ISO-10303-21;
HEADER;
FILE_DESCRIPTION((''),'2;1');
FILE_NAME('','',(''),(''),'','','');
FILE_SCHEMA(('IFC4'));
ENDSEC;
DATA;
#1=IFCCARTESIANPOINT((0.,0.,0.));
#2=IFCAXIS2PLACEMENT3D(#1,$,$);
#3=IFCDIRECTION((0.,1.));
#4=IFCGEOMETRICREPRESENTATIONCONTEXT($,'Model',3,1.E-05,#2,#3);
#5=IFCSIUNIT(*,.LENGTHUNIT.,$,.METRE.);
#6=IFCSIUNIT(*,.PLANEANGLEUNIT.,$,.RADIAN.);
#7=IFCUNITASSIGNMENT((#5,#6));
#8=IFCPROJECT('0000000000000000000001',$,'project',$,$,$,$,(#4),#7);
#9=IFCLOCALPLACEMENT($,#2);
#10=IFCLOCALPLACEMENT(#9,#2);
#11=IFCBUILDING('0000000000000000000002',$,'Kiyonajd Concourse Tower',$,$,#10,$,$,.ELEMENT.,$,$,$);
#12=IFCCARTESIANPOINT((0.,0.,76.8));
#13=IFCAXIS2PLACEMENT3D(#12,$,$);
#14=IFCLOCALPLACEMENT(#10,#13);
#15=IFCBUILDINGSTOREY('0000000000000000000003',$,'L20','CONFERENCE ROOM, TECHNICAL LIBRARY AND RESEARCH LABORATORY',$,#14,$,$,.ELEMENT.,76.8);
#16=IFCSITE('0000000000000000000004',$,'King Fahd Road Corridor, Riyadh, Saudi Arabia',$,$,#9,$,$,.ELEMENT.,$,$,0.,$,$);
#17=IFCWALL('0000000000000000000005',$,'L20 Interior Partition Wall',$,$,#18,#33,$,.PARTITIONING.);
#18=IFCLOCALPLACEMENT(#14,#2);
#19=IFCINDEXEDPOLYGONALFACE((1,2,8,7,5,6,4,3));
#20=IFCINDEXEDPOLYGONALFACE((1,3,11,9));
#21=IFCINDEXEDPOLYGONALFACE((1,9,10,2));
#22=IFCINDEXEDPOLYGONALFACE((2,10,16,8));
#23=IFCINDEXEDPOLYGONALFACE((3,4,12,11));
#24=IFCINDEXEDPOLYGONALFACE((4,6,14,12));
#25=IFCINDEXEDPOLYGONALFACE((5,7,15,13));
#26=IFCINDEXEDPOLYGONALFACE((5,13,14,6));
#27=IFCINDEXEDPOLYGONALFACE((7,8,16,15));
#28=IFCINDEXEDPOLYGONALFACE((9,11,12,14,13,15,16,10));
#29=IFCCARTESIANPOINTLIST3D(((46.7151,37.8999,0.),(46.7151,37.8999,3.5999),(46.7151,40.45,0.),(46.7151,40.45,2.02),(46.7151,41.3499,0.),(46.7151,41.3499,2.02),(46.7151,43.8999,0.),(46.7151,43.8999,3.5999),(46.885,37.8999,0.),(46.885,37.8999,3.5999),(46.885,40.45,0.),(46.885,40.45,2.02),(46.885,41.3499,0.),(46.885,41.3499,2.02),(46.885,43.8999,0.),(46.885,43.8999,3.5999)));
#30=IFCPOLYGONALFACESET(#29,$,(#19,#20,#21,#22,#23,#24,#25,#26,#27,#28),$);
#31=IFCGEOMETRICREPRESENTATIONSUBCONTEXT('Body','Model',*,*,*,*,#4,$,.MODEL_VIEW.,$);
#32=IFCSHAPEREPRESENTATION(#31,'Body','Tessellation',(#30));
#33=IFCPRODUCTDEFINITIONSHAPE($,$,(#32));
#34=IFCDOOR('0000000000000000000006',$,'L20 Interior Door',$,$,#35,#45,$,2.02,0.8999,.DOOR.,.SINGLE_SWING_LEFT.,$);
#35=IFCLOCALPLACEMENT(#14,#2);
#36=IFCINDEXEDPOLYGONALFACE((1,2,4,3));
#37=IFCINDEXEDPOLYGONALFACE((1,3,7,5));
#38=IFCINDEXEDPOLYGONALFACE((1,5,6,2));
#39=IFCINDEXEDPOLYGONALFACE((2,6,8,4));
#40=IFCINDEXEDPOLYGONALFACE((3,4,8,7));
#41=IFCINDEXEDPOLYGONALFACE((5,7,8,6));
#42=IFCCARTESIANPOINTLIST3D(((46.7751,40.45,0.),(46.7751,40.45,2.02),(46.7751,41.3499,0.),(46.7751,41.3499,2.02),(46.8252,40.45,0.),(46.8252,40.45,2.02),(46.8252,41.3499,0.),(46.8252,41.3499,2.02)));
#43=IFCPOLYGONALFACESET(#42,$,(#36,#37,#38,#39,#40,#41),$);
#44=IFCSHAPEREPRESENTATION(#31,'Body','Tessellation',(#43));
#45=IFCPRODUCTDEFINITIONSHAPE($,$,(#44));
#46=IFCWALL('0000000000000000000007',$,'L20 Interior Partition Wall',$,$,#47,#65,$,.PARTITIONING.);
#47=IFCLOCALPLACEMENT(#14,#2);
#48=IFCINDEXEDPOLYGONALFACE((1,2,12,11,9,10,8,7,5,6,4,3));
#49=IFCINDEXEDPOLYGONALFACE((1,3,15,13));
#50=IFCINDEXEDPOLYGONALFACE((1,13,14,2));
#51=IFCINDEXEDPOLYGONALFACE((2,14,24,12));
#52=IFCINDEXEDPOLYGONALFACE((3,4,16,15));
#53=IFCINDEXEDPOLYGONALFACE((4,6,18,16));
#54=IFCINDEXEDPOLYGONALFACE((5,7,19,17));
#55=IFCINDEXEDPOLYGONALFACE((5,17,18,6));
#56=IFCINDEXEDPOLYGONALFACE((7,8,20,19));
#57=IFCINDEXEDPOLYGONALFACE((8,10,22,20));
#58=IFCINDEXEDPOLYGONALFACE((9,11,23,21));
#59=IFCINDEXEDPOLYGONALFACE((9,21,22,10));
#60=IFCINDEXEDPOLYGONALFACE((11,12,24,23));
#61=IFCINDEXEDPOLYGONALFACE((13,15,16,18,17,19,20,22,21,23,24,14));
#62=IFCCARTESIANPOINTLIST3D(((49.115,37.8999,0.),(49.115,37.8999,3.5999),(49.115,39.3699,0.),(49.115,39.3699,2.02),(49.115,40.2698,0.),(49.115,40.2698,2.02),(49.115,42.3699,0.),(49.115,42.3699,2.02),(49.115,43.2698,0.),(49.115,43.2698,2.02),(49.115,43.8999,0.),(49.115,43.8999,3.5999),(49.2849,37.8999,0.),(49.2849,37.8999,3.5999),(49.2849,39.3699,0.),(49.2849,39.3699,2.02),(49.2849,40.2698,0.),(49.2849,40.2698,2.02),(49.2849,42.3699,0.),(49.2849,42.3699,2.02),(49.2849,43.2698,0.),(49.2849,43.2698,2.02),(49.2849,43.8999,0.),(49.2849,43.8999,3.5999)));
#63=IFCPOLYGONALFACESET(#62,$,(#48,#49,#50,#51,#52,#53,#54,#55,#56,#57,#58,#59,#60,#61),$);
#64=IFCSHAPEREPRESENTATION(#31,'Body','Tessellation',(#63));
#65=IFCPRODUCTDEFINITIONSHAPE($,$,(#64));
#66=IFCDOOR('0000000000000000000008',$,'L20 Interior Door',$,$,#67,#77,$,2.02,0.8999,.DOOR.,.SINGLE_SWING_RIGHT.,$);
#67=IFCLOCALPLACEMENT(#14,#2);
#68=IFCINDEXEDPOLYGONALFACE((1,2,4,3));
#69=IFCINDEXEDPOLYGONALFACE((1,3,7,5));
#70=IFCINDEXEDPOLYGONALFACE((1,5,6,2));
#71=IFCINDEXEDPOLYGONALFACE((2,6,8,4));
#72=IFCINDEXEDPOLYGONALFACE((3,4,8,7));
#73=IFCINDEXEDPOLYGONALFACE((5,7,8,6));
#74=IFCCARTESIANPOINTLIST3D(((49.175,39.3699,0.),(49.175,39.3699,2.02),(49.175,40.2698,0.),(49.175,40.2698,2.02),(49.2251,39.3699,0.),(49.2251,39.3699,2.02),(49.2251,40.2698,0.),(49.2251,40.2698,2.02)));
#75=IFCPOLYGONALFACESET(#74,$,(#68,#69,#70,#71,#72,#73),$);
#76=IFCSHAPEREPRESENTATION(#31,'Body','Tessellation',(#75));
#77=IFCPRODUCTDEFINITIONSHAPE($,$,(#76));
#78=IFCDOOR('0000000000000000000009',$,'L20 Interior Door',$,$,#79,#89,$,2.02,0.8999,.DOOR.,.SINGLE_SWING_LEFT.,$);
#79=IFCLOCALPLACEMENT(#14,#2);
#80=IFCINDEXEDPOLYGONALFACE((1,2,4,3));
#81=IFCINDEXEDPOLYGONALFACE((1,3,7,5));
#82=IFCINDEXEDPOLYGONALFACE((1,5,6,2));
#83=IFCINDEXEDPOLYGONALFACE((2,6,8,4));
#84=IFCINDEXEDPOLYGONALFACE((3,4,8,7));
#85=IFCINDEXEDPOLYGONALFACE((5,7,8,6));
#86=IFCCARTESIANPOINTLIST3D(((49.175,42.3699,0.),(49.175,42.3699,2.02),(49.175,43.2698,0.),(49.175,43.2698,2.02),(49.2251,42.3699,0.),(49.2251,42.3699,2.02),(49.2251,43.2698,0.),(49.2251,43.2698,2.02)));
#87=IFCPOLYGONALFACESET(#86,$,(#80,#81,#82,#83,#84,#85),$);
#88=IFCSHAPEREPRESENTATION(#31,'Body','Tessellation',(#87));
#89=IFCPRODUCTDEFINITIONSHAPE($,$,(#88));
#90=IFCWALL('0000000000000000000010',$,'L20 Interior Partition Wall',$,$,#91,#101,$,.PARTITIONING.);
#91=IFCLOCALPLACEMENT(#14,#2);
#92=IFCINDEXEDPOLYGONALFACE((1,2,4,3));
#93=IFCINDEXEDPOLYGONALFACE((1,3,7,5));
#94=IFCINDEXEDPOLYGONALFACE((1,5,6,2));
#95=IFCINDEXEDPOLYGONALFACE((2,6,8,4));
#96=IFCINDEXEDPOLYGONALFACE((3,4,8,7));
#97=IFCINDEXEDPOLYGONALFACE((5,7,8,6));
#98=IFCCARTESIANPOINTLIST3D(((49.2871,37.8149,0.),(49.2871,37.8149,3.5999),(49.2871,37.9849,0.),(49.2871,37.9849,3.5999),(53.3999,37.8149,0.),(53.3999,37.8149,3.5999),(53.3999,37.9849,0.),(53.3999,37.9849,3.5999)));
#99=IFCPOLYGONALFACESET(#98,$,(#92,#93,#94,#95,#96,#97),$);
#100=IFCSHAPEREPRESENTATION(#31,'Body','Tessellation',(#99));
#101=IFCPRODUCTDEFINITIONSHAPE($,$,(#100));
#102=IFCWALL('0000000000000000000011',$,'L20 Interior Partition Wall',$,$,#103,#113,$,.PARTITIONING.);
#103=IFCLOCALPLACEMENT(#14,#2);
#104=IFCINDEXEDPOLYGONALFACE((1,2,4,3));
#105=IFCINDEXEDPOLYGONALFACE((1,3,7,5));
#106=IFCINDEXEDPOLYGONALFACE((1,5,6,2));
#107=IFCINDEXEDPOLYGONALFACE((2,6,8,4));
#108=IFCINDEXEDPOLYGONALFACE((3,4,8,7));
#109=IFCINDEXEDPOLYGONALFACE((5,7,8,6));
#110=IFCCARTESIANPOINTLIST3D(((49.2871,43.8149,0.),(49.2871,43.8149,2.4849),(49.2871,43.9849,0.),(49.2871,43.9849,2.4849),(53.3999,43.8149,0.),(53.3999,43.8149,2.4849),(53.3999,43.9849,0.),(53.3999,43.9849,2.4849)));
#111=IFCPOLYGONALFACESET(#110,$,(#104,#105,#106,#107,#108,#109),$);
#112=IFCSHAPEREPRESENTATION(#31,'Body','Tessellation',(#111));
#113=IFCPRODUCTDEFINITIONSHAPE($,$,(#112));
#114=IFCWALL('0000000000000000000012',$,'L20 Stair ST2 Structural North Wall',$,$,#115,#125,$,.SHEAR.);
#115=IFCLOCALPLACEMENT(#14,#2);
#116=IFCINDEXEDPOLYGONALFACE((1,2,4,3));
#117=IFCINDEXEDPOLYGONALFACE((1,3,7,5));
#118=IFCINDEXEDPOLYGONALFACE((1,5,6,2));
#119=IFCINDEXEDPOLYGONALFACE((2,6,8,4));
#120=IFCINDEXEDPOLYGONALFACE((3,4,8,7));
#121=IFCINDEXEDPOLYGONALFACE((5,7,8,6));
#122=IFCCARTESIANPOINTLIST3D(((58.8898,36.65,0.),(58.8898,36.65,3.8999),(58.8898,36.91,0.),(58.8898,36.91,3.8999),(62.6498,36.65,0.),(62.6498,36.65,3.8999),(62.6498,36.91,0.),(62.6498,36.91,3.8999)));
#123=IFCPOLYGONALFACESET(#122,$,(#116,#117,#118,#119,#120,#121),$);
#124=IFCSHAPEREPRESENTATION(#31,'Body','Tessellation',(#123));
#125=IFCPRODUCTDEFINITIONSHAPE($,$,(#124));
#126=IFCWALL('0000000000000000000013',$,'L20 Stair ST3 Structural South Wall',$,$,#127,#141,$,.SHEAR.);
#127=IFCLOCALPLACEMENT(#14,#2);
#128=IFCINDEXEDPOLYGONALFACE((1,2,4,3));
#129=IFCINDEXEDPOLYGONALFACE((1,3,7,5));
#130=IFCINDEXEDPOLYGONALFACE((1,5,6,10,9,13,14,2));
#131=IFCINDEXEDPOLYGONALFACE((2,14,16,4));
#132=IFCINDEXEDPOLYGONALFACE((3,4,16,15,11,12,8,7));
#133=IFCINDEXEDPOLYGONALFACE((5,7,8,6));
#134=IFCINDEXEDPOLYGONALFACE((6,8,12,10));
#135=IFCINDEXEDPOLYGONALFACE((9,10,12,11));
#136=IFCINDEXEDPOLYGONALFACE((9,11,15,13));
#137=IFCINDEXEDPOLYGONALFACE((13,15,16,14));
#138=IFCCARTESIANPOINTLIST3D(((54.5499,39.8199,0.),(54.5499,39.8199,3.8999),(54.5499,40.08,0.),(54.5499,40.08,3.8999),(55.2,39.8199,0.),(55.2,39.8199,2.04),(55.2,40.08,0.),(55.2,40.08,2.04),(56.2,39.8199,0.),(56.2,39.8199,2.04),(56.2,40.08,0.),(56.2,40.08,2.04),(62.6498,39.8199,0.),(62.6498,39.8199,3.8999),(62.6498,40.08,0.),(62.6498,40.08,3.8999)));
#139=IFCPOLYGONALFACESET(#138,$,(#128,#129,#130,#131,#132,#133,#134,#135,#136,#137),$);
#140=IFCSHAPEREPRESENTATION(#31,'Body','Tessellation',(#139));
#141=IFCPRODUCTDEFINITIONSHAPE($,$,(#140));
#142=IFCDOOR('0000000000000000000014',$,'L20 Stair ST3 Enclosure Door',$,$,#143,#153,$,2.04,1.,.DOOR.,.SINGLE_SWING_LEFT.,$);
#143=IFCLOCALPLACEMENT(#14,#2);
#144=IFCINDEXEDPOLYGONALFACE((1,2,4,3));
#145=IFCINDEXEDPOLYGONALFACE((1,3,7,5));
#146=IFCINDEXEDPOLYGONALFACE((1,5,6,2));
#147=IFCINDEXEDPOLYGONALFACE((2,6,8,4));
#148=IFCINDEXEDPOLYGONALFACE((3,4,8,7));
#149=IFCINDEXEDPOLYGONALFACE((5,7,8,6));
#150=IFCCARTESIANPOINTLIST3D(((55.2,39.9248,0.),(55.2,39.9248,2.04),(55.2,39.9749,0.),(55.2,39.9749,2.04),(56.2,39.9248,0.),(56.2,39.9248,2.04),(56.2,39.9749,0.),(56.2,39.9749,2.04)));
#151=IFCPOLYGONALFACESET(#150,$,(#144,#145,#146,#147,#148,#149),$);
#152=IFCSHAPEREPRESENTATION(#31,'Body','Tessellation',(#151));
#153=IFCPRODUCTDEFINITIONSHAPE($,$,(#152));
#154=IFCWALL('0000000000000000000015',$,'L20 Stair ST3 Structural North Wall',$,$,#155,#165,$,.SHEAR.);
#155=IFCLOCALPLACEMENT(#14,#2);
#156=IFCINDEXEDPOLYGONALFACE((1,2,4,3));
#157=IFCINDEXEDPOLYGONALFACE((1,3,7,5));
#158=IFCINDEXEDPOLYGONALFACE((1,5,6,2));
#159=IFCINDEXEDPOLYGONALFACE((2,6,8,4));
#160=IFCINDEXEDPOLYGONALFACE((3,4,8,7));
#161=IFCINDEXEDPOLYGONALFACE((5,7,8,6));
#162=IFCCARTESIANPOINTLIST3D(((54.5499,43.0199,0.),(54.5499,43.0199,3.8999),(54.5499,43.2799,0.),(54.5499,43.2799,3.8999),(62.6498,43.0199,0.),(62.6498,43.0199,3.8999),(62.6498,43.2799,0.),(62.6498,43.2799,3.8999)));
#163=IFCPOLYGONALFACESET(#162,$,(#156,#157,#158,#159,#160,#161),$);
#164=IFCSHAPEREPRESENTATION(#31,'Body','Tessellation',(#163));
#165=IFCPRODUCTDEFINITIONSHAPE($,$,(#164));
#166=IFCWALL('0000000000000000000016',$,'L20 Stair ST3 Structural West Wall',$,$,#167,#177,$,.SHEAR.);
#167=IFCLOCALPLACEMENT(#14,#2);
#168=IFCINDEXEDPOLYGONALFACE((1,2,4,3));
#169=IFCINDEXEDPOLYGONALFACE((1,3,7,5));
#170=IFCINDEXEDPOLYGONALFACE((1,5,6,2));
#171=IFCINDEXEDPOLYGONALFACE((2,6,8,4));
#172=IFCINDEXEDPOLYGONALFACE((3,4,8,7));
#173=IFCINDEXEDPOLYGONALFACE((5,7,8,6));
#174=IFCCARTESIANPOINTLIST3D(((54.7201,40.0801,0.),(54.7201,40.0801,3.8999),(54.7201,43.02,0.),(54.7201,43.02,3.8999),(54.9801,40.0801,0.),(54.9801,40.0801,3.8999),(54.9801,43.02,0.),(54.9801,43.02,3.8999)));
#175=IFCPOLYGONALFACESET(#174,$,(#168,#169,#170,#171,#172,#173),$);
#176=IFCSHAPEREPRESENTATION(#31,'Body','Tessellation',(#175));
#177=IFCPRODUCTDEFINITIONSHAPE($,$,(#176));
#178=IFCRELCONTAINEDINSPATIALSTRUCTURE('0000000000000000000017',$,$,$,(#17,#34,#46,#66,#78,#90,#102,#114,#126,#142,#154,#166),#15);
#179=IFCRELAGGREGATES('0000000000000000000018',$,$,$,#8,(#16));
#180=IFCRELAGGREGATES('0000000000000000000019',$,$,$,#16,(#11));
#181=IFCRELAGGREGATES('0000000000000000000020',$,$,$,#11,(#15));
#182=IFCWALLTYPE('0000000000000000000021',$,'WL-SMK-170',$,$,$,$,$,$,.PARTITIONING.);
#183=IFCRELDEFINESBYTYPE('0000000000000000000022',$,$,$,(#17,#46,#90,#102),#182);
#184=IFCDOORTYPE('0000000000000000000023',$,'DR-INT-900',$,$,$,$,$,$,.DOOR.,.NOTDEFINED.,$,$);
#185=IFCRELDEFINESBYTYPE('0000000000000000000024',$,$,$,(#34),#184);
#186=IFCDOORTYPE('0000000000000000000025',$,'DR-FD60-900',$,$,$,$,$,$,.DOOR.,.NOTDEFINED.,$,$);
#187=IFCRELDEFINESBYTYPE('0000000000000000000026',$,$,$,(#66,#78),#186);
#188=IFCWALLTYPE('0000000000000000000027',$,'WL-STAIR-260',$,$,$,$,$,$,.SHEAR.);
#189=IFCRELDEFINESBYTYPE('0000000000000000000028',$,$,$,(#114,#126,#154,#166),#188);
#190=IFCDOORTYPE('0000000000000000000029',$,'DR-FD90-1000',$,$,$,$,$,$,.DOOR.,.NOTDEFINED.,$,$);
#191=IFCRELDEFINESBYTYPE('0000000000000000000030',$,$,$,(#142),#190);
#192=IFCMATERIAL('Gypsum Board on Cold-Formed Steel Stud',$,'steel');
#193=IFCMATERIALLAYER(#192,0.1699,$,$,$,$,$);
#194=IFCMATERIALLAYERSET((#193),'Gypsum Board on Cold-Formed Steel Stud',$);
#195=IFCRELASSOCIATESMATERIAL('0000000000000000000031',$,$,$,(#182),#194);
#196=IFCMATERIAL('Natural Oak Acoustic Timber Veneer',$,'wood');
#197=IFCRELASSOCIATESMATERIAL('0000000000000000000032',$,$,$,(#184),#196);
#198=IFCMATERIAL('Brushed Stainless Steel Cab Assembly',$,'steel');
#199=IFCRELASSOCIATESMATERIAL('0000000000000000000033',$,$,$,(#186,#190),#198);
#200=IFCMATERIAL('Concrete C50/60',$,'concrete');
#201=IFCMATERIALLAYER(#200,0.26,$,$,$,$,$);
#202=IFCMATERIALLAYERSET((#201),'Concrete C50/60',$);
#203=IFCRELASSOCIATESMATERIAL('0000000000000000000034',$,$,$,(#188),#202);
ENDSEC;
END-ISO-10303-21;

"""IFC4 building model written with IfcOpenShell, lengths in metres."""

from ifc_helpers import new_model, si_unit, direction, frame, frame_2d, origin, place, context, subcontext, project, spatial, rectangle, extrude, material, layer, layer_set, type_object, element, fill, save


model = new_model("IFC4")

# Units and contexts
model_context = context("Model", 3, precision=1e-05, world=origin(), true_north=direction((0.0, 1.0)))
body_context = subcontext(model_context, "Body", "Model", "MODEL_VIEW")
ifc_project = project(units=[si_unit("LENGTHUNIT", "METRE"), si_unit("PLANEANGLEUNIT", "RADIAN")], contexts=[model_context])

# Site, building, storey
site_placement = place(None, origin())
site = spatial("IfcSite", under=ifc_project, at=site_placement, Name="King Fahd Road Corridor, Riyadh, Saudi Arabia", CompositionType="ELEMENT", RefElevation=0.0)
building_placement = place(site_placement, origin())
building = spatial("IfcBuilding", under=site, at=building_placement, Name="Kiyonajd Concourse Tower", CompositionType="ELEMENT")
storey_placement = place(building_placement, frame((0.0, 0.0, 76.8)))
storey = spatial("IfcBuildingStorey", under=building, at=storey_placement, Name="L20", Description="CONFERENCE ROOM, TECHNICAL LIBRARY AND RESEARCH LABORATORY", CompositionType="ELEMENT", Elevation=76.8)

# Shared definitions
ifc_material_1 = material(Name="Concrete C50/60", Category="concrete")

# Shared definitions
ifc_material_2 = material(Name="Gypsum Board on Cold-Formed Steel Stud", Category="steel")
ifc_layer_1 = layer(ifc_material_2, 0.1699)
ifc_layer_set_1 = layer_set([ifc_layer_1], Name="Gypsum Board on Cold-Formed Steel Stud")
wall_type_1 = type_object("IfcWallType", Name="WL-SMK-170", PredefinedType="PARTITIONING", material=ifc_layer_set_1)

# Wall, opening, door
wall_1_placement = place(storey_placement, frame((46.8, 37.8999, 0.0), z_axis=(0.0, 0.0, 1.0), x_axis=(0.0, 1.0, 0.0)))
wall_1 = element("IfcWall", 1, at=wall_1_placement, inside=storey, type_object=wall_type_1, Name="L20 Interior Partition Wall", PredefinedType="PARTITIONING", context=body_context, shape_type="SweptSolid", body=[
    extrude(rectangle(XDim=6.0, YDim=0.1699, at=frame_2d((3.0, 0.0))), origin(), (0.0, 0.0, 1.0), 3.5999),
])
opening_1_placement = place(wall_1_placement, frame((2.55, 0.0, 0.0)))
opening_1 = element("IfcOpeningElement", 2, at=opening_1_placement, cuts=wall_1, PredefinedType="OPENING", context=body_context, shape_type="SweptSolid", body=[
    extrude(rectangle(XDim=0.8999, YDim=2.02, at=frame_2d((0.45, 1.01))), frame((0.0, 0.095, 0.0), z_axis=(0.0, -1.0, 0.0), x_axis=(1.0, 0.0, 0.0)), (0.0, 0.0, 1.0), 0.1899),
])
ifc_material_3 = material(Name="Natural Oak Acoustic Timber Veneer", Category="wood")
door_type_1 = type_object("IfcDoorType", Name="DR-INT-900", OperationType="NOTDEFINED", PredefinedType="DOOR", material=ifc_material_3)
door_1_placement = place(opening_1_placement, origin())
door_1 = element("IfcDoor", 3, at=door_1_placement, inside=storey, type_object=door_type_1, Name="L20 Interior Door", OperationType="SINGLE_SWING_LEFT", OverallHeight=2.02, OverallWidth=0.8999, PredefinedType="DOOR", context=body_context, shape_type="SweptSolid", body=[
    extrude(rectangle(XDim=0.8999, YDim=2.02, at=frame_2d((0.45, 1.01))), frame((0.0, 0.0249, 0.0), z_axis=(0.0, -1.0, 0.0), x_axis=(1.0, 0.0, 0.0)), (0.0, 0.0, 1.0), 0.05),
])
fill(opening_1, door_1)

# Wall, openings, doors
wall_2_placement = place(storey_placement, frame((49.2, 37.8999, 0.0), z_axis=(0.0, 0.0, 1.0), x_axis=(0.0, 1.0, 0.0)))
wall_2 = element("IfcWall", 4, at=wall_2_placement, inside=storey, type_object=wall_type_1, Name="L20 Interior Partition Wall", PredefinedType="PARTITIONING", context=body_context, shape_type="SweptSolid", body=[
    extrude(rectangle(XDim=6.0, YDim=0.1699, at=frame_2d((3.0, 0.0))), origin(), (0.0, 0.0, 1.0), 3.5999),
])
opening_2_placement = place(wall_2_placement, frame((1.47, 0.0, 0.0)))
opening_2 = element("IfcOpeningElement", 5, at=opening_2_placement, cuts=wall_2, PredefinedType="OPENING", context=body_context, shape_type="SweptSolid", body=[
    extrude(rectangle(XDim=0.8999, YDim=2.02, at=frame_2d((0.45, 1.01))), frame((0.0, 0.095, 0.0), z_axis=(0.0, -1.0, 0.0), x_axis=(1.0, 0.0, 0.0)), (0.0, 0.0, 1.0), 0.1899),
])
opening_3_placement = place(wall_2_placement, frame((4.47, 0.0, 0.0)))
opening_3 = element("IfcOpeningElement", 6, at=opening_3_placement, cuts=wall_2, PredefinedType="OPENING", context=body_context, shape_type="SweptSolid", body=[
    extrude(rectangle(XDim=0.8999, YDim=2.02, at=frame_2d((0.45, 1.01))), frame((0.0, 0.095, 0.0), z_axis=(0.0, -1.0, 0.0), x_axis=(1.0, 0.0, 0.0)), (0.0, 0.0, 1.0), 0.1899),
])
ifc_material_4 = material(Name="Brushed Stainless Steel Cab Assembly", Category="steel")
door_type_2 = type_object("IfcDoorType", Name="DR-FD60-900", OperationType="NOTDEFINED", PredefinedType="DOOR", material=ifc_material_4)
door_2_placement = place(opening_2_placement, origin())
door_2 = element("IfcDoor", 7, at=door_2_placement, inside=storey, type_object=door_type_2, Name="L20 Interior Door", OperationType="SINGLE_SWING_RIGHT", OverallHeight=2.02, OverallWidth=0.8999, PredefinedType="DOOR", context=body_context, shape_type="SweptSolid", body=[
    extrude(rectangle(XDim=0.8999, YDim=2.02, at=frame_2d((0.45, 1.01))), frame((0.0, 0.0249, 0.0), z_axis=(0.0, -1.0, 0.0), x_axis=(1.0, 0.0, 0.0)), (0.0, 0.0, 1.0), 0.05),
])
fill(opening_2, door_2)
door_3_placement = place(opening_3_placement, origin())
door_3 = element("IfcDoor", 8, at=door_3_placement, inside=storey, type_object=door_type_2, Name="L20 Interior Door", OperationType="SINGLE_SWING_LEFT", OverallHeight=2.02, OverallWidth=0.8999, PredefinedType="DOOR", context=body_context, shape_type="SweptSolid", body=[
    extrude(rectangle(XDim=0.8999, YDim=2.02, at=frame_2d((0.45, 1.01))), frame((0.0, 0.0249, 0.0), z_axis=(0.0, -1.0, 0.0), x_axis=(1.0, 0.0, 0.0)), (0.0, 0.0, 1.0), 0.05),
])
fill(opening_3, door_3)

# Walls
wall_3_placement = place(storey_placement, frame((49.2871, 37.8999, 0.0), z_axis=(0.0, 0.0, 1.0), x_axis=(1.0, 0.0, 0.0)))
element("IfcWall", 9, at=wall_3_placement, inside=storey, type_object=wall_type_1, Name="L20 Interior Partition Wall", PredefinedType="PARTITIONING", context=body_context, shape_type="SweptSolid", body=[
    extrude(rectangle(XDim=4.1128, YDim=0.1699, at=frame_2d((2.0564, 0.0))), origin(), (0.0, 0.0, 1.0), 3.5999),
])
wall_4_placement = place(storey_placement, frame((49.2871, 43.8999, 0.0), z_axis=(0.0, 0.0, 1.0), x_axis=(1.0, 0.0, 0.0)))
element("IfcWall", 10, at=wall_4_placement, inside=storey, type_object=wall_type_1, Name="L20 Interior Partition Wall", PredefinedType="PARTITIONING", context=body_context, shape_type="SweptSolid", body=[
    extrude(rectangle(XDim=4.1128, YDim=0.1699, at=frame_2d((2.0564, 0.0))), origin(), (0.0, 0.0, 1.0), 2.4849),
])
ifc_layer_2 = layer(ifc_material_1, 0.26)
ifc_layer_set_2 = layer_set([ifc_layer_2], Name="Concrete C50/60")
wall_type_2 = type_object("IfcWallType", Name="WL-STAIR-260", PredefinedType="SHEAR", material=ifc_layer_set_2)
wall_5_placement = place(storey_placement, frame((58.8899, 36.78, 0.0), z_axis=(0.0, 0.0, 1.0), x_axis=(1.0, 0.0, 0.0)))
element("IfcWall", 11, at=wall_5_placement, inside=storey, type_object=wall_type_2, Name="L20 Stair ST2 Structural North Wall", PredefinedType="SHEAR", context=body_context, shape_type="SweptSolid", body=[
    extrude(rectangle(XDim=3.76, YDim=0.26, at=frame_2d((1.8799, 0.0))), origin(), (0.0, 0.0, 1.0), 3.8999),
])

# Wall, opening, door
wall_6_placement = place(storey_placement, frame((54.55, 39.95, 0.0), z_axis=(0.0, 0.0, 1.0), x_axis=(1.0, 0.0, 0.0)))
wall_6 = element("IfcWall", 12, at=wall_6_placement, inside=storey, type_object=wall_type_2, Name="L20 Stair ST3 Structural South Wall", PredefinedType="SHEAR", context=body_context, shape_type="SweptSolid", body=[
    extrude(rectangle(XDim=8.0999, YDim=0.26, at=frame_2d((4.0498, 0.0))), origin(), (0.0, 0.0, 1.0), 3.8999),
])
opening_4_placement = place(wall_6_placement, frame((0.6499, 0.0, 0.0)))
opening_4 = element("IfcOpeningElement", 13, at=opening_4_placement, cuts=wall_6, PredefinedType="OPENING", context=body_context, shape_type="SweptSolid", body=[
    extrude(rectangle(XDim=1.0, YDim=2.04, at=frame_2d((0.5, 1.02))), frame((0.0, 0.1399, 0.0), z_axis=(0.0, -1.0, 0.0), x_axis=(1.0, 0.0, 0.0)), (0.0, 0.0, 1.0), 0.28),
])
door_type_3 = type_object("IfcDoorType", Name="DR-FD90-1000", OperationType="NOTDEFINED", PredefinedType="DOOR", material=ifc_material_4)
door_4_placement = place(opening_4_placement, origin())
door_4 = element("IfcDoor", 14, at=door_4_placement, inside=storey, type_object=door_type_3, Name="L20 Stair ST3 Enclosure Door", OperationType="SINGLE_SWING_LEFT", OverallHeight=2.04, OverallWidth=1.0, PredefinedType="DOOR", context=body_context, shape_type="SweptSolid", body=[
    extrude(rectangle(XDim=1.0, YDim=2.04, at=frame_2d((0.5, 1.02))), frame((0.0, 0.0249, 0.0), z_axis=(0.0, -1.0, 0.0), x_axis=(1.0, 0.0, 0.0)), (0.0, 0.0, 1.0), 0.05),
])
fill(opening_4, door_4)

# Walls
wall_7_placement = place(storey_placement, frame((54.55, 43.1499, 0.0), z_axis=(0.0, 0.0, 1.0), x_axis=(1.0, 0.0, 0.0)))
element("IfcWall", 15, at=wall_7_placement, inside=storey, type_object=wall_type_2, Name="L20 Stair ST3 Structural North Wall", PredefinedType="SHEAR", context=body_context, shape_type="SweptSolid", body=[
    extrude(rectangle(XDim=8.0999, YDim=0.26, at=frame_2d((4.0498, 0.0))), origin(), (0.0, 0.0, 1.0), 3.8999),
])
wall_8_placement = place(storey_placement, frame((54.8501, 40.0801, 0.0), z_axis=(0.0, 0.0, 1.0), x_axis=(0.0, 1.0, 0.0)))
element("IfcWall", 16, at=wall_8_placement, inside=storey, type_object=wall_type_2, Name="L20 Stair ST3 Structural West Wall", PredefinedType="SHEAR", context=body_context, shape_type="SweptSolid", body=[
    extrude(rectangle(XDim=2.9399, YDim=0.26, at=frame_2d((1.47, 0.0))), origin(), (0.0, 0.0, 1.0), 3.8999),
])

save(model, "model.ifc")
